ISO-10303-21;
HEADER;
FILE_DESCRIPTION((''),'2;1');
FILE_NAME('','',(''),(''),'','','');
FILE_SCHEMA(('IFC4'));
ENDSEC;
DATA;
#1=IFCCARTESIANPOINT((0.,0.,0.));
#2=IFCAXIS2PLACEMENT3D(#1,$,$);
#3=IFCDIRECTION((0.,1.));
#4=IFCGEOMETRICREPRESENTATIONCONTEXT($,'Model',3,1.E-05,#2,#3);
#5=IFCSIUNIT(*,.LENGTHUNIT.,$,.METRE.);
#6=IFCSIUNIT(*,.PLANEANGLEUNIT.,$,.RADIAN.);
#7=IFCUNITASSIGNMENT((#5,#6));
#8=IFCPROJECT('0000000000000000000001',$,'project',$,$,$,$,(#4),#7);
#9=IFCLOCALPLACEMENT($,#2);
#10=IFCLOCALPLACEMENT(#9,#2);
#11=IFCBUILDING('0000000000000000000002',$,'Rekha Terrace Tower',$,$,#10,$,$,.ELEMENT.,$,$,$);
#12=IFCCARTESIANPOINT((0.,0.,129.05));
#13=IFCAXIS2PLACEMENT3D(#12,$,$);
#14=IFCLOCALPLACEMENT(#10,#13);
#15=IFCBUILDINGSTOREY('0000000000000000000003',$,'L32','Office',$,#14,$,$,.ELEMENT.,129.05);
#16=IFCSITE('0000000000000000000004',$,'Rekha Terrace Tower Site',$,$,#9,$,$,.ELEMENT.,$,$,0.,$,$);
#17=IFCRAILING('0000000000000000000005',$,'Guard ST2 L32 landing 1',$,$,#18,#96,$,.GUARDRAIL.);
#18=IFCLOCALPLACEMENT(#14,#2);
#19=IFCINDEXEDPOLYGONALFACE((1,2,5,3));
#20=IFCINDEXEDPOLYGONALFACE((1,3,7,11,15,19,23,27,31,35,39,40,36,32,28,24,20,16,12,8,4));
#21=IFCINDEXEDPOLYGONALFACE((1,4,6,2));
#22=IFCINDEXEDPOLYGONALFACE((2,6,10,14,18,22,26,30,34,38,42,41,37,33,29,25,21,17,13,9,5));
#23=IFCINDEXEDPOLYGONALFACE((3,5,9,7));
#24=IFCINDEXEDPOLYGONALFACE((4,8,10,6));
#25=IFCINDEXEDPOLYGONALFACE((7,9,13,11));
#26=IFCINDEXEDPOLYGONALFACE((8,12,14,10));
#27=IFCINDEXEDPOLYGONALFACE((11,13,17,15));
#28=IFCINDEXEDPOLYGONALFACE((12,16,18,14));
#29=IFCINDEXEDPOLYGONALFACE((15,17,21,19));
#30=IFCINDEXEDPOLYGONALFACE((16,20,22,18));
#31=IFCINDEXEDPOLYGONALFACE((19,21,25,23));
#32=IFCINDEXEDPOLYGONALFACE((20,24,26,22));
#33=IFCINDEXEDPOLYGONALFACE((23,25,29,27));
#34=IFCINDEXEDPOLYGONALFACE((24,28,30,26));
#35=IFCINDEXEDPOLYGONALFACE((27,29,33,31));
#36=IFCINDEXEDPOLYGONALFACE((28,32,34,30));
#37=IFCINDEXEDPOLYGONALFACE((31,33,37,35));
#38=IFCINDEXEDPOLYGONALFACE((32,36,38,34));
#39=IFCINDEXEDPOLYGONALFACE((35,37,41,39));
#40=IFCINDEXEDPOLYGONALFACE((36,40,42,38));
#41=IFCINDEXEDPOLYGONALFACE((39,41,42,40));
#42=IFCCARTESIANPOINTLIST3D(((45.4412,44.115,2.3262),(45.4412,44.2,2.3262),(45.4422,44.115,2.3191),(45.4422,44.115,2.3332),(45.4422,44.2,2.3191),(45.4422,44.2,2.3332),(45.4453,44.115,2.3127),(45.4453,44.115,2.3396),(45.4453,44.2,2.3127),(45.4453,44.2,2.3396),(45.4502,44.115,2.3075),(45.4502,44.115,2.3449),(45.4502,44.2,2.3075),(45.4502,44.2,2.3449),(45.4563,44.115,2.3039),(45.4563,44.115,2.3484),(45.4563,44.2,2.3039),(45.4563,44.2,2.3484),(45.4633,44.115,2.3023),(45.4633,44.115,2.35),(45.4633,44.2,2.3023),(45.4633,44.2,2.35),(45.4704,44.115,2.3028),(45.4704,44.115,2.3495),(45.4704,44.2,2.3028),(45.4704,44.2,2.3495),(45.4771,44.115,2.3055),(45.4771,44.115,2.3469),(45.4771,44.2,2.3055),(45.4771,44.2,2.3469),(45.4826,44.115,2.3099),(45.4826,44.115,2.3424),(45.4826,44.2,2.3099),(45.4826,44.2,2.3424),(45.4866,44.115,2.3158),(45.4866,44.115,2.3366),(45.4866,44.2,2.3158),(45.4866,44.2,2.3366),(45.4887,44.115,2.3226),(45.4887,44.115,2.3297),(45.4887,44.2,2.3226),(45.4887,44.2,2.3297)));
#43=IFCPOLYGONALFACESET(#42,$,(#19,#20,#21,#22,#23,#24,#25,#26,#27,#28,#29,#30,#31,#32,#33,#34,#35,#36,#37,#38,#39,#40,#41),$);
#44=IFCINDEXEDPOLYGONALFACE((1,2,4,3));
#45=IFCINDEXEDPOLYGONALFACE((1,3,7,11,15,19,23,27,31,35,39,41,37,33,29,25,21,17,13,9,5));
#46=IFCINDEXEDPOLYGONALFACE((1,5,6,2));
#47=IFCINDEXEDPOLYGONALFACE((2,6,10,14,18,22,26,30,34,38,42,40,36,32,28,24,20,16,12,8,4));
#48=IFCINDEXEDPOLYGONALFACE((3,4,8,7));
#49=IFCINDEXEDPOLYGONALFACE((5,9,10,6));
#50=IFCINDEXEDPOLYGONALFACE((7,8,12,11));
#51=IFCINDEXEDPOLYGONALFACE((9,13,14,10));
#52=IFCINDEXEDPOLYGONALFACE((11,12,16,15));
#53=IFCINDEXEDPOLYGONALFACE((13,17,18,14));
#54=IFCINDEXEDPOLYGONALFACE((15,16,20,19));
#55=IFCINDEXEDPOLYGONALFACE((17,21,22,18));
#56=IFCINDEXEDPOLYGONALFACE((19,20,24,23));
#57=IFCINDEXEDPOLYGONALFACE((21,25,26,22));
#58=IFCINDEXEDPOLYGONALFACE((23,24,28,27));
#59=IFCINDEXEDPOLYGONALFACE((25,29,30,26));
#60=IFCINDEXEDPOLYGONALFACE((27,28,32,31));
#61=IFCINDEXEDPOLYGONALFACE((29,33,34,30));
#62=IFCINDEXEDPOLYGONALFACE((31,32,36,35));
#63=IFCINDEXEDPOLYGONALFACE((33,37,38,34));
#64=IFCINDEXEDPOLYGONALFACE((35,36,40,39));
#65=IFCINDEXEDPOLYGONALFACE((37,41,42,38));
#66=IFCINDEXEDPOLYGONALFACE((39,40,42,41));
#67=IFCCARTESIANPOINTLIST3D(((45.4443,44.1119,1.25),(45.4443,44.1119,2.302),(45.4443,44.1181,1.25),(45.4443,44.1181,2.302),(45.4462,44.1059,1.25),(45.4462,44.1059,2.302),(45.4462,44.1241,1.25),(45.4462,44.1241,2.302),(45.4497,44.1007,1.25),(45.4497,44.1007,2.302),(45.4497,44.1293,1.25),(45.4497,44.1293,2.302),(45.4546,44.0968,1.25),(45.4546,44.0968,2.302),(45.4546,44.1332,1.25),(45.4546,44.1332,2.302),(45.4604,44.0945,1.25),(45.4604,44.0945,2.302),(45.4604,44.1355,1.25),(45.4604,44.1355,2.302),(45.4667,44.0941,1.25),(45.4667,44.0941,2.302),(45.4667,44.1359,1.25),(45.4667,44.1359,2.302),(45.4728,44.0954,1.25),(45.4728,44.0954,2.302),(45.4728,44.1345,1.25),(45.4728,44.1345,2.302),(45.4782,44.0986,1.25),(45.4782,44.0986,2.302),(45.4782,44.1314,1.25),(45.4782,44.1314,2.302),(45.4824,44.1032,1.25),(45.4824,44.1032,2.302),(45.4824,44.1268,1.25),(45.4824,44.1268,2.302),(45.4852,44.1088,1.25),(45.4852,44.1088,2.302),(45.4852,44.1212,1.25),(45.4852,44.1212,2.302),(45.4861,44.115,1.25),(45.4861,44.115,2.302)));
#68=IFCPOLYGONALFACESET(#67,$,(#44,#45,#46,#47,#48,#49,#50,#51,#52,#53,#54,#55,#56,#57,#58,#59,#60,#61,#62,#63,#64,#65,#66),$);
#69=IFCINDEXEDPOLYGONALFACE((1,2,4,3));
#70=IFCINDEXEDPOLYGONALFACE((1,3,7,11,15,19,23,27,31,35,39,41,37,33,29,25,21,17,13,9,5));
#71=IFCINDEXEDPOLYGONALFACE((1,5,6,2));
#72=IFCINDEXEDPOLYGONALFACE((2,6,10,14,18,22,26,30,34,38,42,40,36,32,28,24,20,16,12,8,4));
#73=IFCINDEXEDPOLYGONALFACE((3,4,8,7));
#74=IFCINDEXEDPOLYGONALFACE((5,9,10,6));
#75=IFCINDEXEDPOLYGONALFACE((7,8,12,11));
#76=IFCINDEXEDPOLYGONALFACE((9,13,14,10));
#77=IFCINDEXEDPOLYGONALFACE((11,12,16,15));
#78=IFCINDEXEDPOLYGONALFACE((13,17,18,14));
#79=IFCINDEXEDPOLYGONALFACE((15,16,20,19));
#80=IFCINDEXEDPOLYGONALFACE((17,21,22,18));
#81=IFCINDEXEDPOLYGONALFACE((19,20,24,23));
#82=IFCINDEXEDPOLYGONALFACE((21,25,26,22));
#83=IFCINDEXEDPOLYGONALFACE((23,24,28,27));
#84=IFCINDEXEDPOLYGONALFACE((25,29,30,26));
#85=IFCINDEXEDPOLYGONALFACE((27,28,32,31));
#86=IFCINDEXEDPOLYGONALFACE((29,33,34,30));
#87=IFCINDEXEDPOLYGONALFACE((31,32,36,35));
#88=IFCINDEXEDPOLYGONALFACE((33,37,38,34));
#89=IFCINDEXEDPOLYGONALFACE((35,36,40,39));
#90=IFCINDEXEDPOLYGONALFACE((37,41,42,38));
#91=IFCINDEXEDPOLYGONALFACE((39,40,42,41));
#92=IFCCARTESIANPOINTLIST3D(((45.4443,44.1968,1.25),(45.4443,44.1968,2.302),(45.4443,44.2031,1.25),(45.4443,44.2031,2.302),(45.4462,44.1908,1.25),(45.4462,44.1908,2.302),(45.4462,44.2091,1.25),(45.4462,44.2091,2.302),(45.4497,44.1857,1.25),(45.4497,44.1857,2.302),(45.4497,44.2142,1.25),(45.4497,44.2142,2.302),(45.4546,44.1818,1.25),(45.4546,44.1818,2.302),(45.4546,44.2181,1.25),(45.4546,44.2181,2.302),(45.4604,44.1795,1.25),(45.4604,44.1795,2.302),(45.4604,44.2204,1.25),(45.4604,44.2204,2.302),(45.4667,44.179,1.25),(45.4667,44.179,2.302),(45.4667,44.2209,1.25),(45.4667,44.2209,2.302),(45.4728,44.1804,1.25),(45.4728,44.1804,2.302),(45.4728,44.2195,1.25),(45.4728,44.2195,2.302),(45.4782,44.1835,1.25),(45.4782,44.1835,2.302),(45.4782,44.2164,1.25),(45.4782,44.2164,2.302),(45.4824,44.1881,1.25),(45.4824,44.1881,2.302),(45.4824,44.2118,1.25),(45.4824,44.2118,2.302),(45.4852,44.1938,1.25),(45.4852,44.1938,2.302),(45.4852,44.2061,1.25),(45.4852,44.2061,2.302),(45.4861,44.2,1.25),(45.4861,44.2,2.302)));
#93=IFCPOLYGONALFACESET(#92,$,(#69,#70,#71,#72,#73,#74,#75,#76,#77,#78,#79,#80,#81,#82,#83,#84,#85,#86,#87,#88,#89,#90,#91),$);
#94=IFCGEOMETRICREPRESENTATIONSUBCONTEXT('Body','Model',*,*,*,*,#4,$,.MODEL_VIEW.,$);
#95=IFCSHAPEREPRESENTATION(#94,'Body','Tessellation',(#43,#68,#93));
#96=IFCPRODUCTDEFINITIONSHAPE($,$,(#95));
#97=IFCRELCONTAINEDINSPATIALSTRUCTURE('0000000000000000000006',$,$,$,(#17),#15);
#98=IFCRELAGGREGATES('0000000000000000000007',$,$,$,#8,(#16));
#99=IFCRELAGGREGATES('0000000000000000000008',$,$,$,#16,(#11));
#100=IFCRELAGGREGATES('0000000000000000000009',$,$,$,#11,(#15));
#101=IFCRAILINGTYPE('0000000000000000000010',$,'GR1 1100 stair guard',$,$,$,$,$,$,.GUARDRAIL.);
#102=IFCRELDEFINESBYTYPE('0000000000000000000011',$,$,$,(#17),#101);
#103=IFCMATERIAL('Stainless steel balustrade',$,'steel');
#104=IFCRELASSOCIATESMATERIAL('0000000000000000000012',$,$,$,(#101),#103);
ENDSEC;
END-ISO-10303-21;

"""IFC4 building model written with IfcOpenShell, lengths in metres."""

from ifc_helpers import new_model, si_unit, direction, frame, origin, origin_2d, place, context, subcontext, project, spatial, circle, extrude, material, type_object, element, save


model = new_model("IFC4")

# Units and contexts
model_context = context("Model", 3, precision=1e-05, world=origin(), true_north=direction((0.0, 1.0)))
body_context = subcontext(model_context, "Body", "Model", "MODEL_VIEW")
ifc_project = project(units=[si_unit("LENGTHUNIT", "METRE"), si_unit("PLANEANGLEUNIT", "RADIAN")], contexts=[model_context])

# Site, building, storey
site_placement = place(None, origin())
site = spatial("IfcSite", under=ifc_project, at=site_placement, Name="Rekha Terrace Tower Site", CompositionType="ELEMENT", RefElevation=0.0)
building_placement = place(site_placement, origin())
building = spatial("IfcBuilding", under=site, at=building_placement, Name="Rekha Terrace Tower", CompositionType="ELEMENT")
storey_placement = place(building_placement, frame((0.0, 0.0, 129.05)))
storey = spatial("IfcBuildingStorey", under=building, at=storey_placement, Name="L32", Description="Office", CompositionType="ELEMENT", Elevation=129.05)

# Railing
ifc_material_1 = material(Name="Stainless steel balustrade", Category="steel")
railing_type_1 = type_object("IfcRailingType", Name="GR1 1100 stair guard", PredefinedType="GUARDRAIL", material=ifc_material_1)
railing_1_placement = place(storey_placement, frame((45.4651, 44.115, 1.25)))
element("IfcRailing", 1, at=railing_1_placement, inside=storey, type_object=railing_type_1, Name="Guard ST2 L32 landing 1", PredefinedType="GUARDRAIL", context=body_context, shape_type="SweptSolid", body=[
    extrude(circle(Radius=0.0239, at=origin_2d()), frame((0.0, 0.0, 1.0762), z_axis=(0.0, 1.0, 0.0), x_axis=(-1.0, 0.0, 0.0)), (0.0, 0.0, 1.0), 0.085),
    extrude(circle(Radius=0.021, at=origin_2d()), origin(), (0.0, 0.0, 1.0), 1.052),
    extrude(circle(Radius=0.021, at=origin_2d()), frame((0.0, 0.085, 0.0)), (0.0, 0.0, 1.0), 1.052),
])

save(model, "model.ifc")
